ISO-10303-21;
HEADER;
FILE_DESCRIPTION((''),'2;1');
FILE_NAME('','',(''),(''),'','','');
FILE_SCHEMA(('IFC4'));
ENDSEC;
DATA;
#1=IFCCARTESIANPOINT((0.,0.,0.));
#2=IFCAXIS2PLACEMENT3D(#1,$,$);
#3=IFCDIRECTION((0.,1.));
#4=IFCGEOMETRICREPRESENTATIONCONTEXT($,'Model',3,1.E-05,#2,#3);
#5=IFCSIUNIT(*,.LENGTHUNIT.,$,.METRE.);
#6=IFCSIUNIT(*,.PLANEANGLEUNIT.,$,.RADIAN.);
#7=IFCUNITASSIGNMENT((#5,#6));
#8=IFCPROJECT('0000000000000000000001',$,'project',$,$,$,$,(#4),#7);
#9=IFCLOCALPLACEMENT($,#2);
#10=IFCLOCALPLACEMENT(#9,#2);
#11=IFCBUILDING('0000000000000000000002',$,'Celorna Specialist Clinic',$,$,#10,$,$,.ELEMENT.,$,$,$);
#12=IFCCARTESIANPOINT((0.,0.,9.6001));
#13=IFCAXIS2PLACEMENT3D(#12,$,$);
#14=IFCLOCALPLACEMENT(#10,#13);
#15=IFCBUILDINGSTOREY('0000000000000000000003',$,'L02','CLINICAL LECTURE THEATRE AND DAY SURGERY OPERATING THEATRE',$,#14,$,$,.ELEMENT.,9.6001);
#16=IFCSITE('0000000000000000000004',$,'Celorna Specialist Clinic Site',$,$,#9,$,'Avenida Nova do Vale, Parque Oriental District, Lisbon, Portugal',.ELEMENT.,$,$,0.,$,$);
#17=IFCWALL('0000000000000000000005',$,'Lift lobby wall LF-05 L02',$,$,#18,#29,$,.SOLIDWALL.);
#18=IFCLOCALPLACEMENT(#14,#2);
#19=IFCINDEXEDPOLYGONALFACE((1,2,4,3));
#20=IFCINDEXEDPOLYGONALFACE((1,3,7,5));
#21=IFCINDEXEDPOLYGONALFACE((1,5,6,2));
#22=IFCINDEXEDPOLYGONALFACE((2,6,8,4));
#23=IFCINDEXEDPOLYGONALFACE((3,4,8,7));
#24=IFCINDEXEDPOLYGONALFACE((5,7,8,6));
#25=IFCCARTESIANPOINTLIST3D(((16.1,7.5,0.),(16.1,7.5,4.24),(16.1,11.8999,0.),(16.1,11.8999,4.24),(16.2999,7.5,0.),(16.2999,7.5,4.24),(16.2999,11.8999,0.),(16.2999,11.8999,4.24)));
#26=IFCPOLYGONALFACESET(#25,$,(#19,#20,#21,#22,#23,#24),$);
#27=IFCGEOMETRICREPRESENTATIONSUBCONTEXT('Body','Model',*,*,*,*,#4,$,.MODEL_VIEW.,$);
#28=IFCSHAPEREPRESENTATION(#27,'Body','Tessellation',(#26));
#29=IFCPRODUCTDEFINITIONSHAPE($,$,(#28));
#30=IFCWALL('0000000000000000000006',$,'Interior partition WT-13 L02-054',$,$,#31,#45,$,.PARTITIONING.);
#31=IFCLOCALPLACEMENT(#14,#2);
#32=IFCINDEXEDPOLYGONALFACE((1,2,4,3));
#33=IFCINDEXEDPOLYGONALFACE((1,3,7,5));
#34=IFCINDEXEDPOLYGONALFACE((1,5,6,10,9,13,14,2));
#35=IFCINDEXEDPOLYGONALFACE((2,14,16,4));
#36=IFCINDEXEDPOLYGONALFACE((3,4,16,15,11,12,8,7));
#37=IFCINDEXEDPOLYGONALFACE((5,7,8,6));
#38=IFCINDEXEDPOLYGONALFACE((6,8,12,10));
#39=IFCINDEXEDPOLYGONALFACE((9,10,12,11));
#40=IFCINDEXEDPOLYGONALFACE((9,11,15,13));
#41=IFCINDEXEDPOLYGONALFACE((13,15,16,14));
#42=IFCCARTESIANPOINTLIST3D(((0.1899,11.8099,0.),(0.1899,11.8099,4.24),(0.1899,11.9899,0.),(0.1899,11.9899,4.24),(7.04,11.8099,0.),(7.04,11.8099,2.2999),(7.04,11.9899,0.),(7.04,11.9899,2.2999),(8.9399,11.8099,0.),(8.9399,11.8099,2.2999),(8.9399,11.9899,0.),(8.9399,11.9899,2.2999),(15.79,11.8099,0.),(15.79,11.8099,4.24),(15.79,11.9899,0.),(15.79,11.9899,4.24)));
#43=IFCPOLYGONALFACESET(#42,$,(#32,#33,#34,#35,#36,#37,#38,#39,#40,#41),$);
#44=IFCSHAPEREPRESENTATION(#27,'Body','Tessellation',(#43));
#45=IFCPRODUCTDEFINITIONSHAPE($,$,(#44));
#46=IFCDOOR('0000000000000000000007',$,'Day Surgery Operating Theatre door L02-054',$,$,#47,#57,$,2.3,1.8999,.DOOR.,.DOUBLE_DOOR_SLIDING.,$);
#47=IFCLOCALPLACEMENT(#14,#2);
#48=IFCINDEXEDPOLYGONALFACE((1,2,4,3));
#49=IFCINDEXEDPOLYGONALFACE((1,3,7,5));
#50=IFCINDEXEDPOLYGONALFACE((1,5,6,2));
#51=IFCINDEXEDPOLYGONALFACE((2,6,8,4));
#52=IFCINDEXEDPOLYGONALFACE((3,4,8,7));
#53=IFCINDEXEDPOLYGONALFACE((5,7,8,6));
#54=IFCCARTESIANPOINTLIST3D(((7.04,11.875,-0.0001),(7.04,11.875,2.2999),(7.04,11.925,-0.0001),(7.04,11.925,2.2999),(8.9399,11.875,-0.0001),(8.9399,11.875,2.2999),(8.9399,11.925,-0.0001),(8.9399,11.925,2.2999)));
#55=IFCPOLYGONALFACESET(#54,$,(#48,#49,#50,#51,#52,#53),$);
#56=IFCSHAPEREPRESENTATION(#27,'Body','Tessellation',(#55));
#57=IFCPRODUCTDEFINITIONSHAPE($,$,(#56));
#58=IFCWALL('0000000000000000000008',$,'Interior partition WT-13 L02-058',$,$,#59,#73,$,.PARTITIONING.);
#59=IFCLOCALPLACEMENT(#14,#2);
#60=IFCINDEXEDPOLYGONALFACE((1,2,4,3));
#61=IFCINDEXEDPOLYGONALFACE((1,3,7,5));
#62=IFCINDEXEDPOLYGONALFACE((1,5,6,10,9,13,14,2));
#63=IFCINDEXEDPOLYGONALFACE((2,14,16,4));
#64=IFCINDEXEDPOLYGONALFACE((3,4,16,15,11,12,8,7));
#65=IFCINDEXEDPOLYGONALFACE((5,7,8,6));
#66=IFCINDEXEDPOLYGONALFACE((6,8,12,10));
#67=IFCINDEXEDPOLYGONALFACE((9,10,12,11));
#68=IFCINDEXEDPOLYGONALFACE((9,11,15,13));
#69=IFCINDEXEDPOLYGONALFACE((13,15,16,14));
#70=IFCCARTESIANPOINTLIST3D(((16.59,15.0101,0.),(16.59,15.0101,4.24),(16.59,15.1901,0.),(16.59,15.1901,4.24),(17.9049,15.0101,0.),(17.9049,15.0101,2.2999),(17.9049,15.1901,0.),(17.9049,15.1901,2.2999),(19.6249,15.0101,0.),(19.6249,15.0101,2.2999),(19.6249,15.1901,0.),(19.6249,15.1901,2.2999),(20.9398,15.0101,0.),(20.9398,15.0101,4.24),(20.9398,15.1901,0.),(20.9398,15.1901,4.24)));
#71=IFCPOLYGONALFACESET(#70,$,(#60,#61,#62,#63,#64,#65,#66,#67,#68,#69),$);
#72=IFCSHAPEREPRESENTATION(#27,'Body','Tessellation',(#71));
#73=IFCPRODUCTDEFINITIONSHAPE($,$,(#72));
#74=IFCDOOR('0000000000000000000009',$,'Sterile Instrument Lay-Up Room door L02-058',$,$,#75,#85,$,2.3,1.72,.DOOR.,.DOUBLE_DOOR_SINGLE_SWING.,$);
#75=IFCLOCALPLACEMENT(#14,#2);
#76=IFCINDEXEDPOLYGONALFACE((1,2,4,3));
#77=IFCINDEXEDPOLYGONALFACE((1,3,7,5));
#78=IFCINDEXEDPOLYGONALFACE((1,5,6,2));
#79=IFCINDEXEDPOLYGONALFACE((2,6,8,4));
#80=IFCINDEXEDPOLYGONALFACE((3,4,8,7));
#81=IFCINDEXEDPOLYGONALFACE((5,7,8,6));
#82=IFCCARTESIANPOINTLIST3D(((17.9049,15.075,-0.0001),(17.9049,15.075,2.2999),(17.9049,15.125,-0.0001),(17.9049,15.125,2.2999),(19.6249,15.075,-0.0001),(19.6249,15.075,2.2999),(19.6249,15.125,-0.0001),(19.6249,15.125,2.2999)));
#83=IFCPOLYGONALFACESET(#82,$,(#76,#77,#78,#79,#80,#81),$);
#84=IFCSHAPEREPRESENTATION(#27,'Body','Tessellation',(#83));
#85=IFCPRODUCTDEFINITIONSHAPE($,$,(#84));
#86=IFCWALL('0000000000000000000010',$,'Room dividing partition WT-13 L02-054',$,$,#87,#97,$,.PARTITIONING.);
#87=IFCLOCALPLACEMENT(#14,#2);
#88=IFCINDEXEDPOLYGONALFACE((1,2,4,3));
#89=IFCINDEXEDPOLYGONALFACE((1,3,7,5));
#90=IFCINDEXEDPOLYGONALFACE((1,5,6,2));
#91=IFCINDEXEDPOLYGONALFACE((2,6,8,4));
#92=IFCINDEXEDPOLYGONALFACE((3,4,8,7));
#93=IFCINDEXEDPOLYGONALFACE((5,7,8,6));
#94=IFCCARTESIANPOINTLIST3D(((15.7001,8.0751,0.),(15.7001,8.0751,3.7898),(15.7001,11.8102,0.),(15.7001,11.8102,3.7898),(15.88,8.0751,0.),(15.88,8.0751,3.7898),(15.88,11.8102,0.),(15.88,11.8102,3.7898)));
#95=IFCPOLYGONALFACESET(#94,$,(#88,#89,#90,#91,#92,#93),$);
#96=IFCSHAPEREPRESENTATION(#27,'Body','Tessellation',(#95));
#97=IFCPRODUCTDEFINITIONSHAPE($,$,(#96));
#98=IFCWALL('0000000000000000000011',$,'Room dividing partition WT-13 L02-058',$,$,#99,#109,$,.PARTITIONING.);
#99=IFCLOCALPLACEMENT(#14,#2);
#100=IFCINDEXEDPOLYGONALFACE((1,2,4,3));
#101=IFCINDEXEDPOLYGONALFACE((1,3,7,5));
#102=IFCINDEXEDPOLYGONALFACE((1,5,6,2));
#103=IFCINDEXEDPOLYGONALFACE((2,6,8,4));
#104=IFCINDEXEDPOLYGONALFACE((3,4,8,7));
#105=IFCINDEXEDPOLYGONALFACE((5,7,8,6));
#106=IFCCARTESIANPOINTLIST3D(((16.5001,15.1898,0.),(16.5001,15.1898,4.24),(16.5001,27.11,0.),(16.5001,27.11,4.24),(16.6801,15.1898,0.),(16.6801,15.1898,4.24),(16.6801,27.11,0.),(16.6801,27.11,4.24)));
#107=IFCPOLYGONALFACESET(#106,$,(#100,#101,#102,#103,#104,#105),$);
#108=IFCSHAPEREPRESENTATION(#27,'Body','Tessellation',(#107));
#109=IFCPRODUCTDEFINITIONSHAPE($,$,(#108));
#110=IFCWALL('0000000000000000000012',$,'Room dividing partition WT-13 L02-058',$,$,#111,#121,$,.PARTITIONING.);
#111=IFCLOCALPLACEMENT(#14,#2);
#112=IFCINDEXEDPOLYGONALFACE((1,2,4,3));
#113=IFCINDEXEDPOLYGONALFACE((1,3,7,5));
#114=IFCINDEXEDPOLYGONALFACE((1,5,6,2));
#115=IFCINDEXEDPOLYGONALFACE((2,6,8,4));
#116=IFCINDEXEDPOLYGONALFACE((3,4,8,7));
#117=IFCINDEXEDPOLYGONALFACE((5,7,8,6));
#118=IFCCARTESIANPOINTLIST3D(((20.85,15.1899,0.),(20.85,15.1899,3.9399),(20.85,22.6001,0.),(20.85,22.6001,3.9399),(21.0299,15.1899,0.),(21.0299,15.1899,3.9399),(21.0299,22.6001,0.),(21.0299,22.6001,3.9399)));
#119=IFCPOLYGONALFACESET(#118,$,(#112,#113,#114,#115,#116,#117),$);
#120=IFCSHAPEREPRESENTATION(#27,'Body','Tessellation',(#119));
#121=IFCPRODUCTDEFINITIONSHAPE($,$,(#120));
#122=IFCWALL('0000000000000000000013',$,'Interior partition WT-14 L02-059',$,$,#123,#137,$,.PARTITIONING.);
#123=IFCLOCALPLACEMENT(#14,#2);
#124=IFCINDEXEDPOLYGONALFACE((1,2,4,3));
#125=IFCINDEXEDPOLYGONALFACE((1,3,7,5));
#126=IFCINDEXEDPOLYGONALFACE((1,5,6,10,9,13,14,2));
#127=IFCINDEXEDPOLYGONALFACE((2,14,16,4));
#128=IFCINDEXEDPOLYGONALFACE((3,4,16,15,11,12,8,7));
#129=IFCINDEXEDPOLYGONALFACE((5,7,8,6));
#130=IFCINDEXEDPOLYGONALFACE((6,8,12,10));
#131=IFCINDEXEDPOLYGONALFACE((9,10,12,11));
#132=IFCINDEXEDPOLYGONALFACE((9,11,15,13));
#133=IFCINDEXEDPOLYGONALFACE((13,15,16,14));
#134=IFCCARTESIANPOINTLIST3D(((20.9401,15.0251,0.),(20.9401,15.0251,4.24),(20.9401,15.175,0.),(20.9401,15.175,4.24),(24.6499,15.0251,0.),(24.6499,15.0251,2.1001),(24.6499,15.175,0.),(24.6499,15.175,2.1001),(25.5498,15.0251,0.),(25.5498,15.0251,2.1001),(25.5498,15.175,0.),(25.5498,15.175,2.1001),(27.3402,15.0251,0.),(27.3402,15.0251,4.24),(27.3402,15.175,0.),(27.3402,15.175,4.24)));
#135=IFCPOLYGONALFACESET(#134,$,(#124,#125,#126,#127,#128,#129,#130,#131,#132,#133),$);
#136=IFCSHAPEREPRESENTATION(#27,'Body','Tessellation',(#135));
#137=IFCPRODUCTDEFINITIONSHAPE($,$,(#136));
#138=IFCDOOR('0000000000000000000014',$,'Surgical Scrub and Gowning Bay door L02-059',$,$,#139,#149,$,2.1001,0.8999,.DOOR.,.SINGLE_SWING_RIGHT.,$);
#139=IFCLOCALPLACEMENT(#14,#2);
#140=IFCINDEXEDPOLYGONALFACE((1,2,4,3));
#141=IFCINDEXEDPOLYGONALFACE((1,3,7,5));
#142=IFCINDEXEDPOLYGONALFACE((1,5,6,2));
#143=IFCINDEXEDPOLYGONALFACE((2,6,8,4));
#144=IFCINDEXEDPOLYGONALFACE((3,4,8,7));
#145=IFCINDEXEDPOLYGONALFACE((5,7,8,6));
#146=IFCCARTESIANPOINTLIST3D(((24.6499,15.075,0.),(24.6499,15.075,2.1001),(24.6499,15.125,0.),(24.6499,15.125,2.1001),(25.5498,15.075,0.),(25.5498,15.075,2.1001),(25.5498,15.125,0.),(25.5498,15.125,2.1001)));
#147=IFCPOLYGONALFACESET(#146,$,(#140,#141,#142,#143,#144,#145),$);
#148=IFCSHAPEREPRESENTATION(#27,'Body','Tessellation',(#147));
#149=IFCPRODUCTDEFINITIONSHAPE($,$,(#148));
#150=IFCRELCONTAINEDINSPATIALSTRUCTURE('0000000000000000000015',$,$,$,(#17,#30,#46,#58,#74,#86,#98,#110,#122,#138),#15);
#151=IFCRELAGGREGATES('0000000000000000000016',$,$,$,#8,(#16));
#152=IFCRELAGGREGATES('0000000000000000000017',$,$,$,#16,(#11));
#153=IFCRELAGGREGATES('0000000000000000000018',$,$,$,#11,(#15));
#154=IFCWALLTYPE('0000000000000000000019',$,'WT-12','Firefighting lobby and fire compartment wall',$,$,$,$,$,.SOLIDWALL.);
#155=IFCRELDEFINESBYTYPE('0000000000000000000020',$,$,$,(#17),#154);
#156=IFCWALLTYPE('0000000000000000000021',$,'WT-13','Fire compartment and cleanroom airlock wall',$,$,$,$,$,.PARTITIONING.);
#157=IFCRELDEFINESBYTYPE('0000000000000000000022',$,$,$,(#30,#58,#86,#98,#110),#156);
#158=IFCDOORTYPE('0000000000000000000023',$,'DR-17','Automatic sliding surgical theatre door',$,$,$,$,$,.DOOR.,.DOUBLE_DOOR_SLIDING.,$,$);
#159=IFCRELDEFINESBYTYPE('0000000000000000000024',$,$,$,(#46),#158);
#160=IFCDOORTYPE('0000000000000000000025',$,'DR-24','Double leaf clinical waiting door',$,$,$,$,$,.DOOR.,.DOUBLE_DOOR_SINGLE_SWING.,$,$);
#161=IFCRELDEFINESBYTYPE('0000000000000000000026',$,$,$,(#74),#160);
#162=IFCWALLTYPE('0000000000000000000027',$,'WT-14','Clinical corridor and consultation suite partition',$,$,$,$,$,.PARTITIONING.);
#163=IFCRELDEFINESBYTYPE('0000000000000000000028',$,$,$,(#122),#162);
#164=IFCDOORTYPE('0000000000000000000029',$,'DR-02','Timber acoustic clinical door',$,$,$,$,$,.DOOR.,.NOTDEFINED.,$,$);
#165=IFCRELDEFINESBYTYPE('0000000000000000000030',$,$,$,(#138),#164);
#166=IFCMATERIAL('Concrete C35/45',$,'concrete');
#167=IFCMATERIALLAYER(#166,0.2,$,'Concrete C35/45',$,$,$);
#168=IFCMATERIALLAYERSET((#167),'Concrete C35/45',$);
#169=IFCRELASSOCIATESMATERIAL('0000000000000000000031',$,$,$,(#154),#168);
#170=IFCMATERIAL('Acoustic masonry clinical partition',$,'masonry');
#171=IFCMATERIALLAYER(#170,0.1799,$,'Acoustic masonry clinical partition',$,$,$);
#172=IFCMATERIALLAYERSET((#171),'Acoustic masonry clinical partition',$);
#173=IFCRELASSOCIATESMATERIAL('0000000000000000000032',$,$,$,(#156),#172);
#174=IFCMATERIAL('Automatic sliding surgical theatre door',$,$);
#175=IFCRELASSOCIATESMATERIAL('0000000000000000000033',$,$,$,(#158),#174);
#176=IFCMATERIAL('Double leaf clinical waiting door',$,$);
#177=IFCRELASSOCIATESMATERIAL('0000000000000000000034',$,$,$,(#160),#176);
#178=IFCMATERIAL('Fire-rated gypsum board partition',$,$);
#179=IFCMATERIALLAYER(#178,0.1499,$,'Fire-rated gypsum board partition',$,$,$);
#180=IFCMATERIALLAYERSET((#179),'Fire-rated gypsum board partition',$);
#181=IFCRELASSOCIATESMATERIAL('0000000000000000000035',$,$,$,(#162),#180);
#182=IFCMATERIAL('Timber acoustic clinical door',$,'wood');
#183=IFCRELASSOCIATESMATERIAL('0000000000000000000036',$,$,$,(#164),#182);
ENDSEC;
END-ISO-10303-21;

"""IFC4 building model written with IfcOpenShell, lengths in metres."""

from ifc_helpers import new_model, si_unit, direction, frame, frame_2d, origin, place, context, subcontext, project, spatial, rectangle, extrude, material, layer, layer_set, type_object, element, fill, save


model = new_model("IFC4")

# Units and contexts
model_context = context("Model", 3, precision=1e-05, world=origin(), true_north=direction((0.0, 1.0)))
body_context = subcontext(model_context, "Body", "Model", "MODEL_VIEW")
ifc_project = project(units=[si_unit("LENGTHUNIT", "METRE"), si_unit("PLANEANGLEUNIT", "RADIAN")], contexts=[model_context])

# Site, building, storey
site_placement = place(None, origin())
site = spatial("IfcSite", under=ifc_project, at=site_placement, Name="Celorna Specialist Clinic Site", LongName="Avenida Nova do Vale, Parque Oriental District, Lisbon, Portugal", CompositionType="ELEMENT", RefElevation=0.0)
building_placement = place(site_placement, origin())
building = spatial("IfcBuilding", under=site, at=building_placement, Name="Celorna Specialist Clinic", CompositionType="ELEMENT")
storey_placement = place(building_placement, frame((0.0, 0.0, 9.6001)))
storey = spatial("IfcBuildingStorey", under=building, at=storey_placement, Name="L02", Description="CLINICAL LECTURE THEATRE AND DAY SURGERY OPERATING THEATRE", CompositionType="ELEMENT", Elevation=9.6001)

# Shared definitions
ifc_material_1 = material(Name="Concrete C35/45", Category="concrete")

# Shared definitions
ifc_layer_1 = layer(ifc_material_1, 0.2, Name="Concrete C35/45")
ifc_layer_set_1 = layer_set([ifc_layer_1], Name="Concrete C35/45")
wall_type_1 = type_object("IfcWallType", Name="WT-12", Description="Firefighting lobby and fire compartment wall", PredefinedType="SOLIDWALL", material=ifc_layer_set_1)

# Wall
wall_1_placement = place(storey_placement, frame((16.2, 11.8999, 0.0), z_axis=(0.0, 0.0, 1.0), x_axis=(0.0, -1.0, 0.0)))
element("IfcWall", 1, at=wall_1_placement, inside=storey, type_object=wall_type_1, Name="Lift lobby wall LF-05 L02", PredefinedType="SOLIDWALL", context=body_context, shape_type="SweptSolid", body=[
    extrude(rectangle(XDim=4.3999, YDim=0.2, at=frame_2d((2.2, 0.0))), origin(), (0.0, 0.0, 1.0), 4.24),
])

# Walls, openings, doors
ifc_material_2 = material(Name="Acoustic masonry clinical partition", Category="masonry")
ifc_layer_2 = layer(ifc_material_2, 0.1799, Name="Acoustic masonry clinical partition")
ifc_layer_set_2 = layer_set([ifc_layer_2], Name="Acoustic masonry clinical partition")
wall_type_2 = type_object("IfcWallType", Name="WT-13", Description="Fire compartment and cleanroom airlock wall", PredefinedType="PARTITIONING", material=ifc_layer_set_2)
wall_2_placement = place(storey_placement, frame((15.79, 11.8999, 0.0), z_axis=(0.0, 0.0, 1.0), x_axis=(-1.0, 0.0, 0.0)))
wall_2 = element("IfcWall", 2, at=wall_2_placement, inside=storey, type_object=wall_type_2, Name="Interior partition WT-13 L02-054", PredefinedType="PARTITIONING", context=body_context, shape_type="SweptSolid", body=[
    extrude(rectangle(XDim=15.6001, YDim=0.1799, at=frame_2d((7.8, 0.0))), origin(), (0.0, 0.0, 1.0), 4.24),
])
opening_1_placement = place(wall_2_placement, frame((6.8501, 0.0, 0.0)))
opening_1 = element("IfcOpeningElement", 3, at=opening_1_placement, cuts=wall_2, PredefinedType="OPENING", context=body_context, shape_type="SweptSolid", body=[
    extrude(rectangle(XDim=1.8999, YDim=2.3, at=frame_2d((0.95, 1.1499))), frame((0.0, 0.0999, 0.0), z_axis=(0.0, -1.0, 0.0), x_axis=(1.0, 0.0, 0.0)), (0.0, 0.0, 1.0), 0.2),
])
ifc_material_3 = material(Name="Automatic sliding surgical theatre door")
door_type_1 = type_object("IfcDoorType", Name="DR-17", Description="Automatic sliding surgical theatre door", OperationType="DOUBLE_DOOR_SLIDING", PredefinedType="DOOR", material=ifc_material_3)
door_1_placement = place(opening_1_placement, origin())
door_1 = element("IfcDoor", 4, at=door_1_placement, inside=storey, type_object=door_type_1, Name="Day Surgery Operating Theatre door L02-054", OperationType="DOUBLE_DOOR_SLIDING", OverallHeight=2.3, OverallWidth=1.8999, PredefinedType="DOOR", context=body_context, shape_type="SweptSolid", body=[
    extrude(rectangle(XDim=1.8999, YDim=2.3, at=frame_2d((0.95, 1.1499))), frame((0.0, 0.0249, 0.0), z_axis=(0.0, -1.0, 0.0), x_axis=(1.0, 0.0, 0.0)), (0.0, 0.0, 1.0), 0.05),
])
fill(opening_1, door_1)
wall_3_placement = place(storey_placement, frame((16.5901, 15.1001, 0.0), z_axis=(0.0, 0.0, 1.0), x_axis=(1.0, 0.0, 0.0)))
wall_3 = element("IfcWall", 5, at=wall_3_placement, inside=storey, type_object=wall_type_2, Name="Interior partition WT-13 L02-058", PredefinedType="PARTITIONING", context=body_context, shape_type="SweptSolid", body=[
    extrude(rectangle(XDim=4.3499, YDim=0.1799, at=frame_2d((2.1748, 0.0))), origin(), (0.0, 0.0, 1.0), 4.24),
])
opening_2_placement = place(wall_3_placement, frame((1.3149, 0.0, 0.0)))
opening_2 = element("IfcOpeningElement", 6, at=opening_2_placement, cuts=wall_3, PredefinedType="OPENING", context=body_context, shape_type="SweptSolid", body=[
    extrude(rectangle(XDim=1.72, YDim=2.3, at=frame_2d((0.8599, 1.1499))), frame((0.0, 0.0999, 0.0), z_axis=(0.0, -1.0, 0.0), x_axis=(1.0, 0.0, 0.0)), (0.0, 0.0, 1.0), 0.2),
])
ifc_material_4 = material(Name="Double leaf clinical waiting door")
door_type_2 = type_object("IfcDoorType", Name="DR-24", Description="Double leaf clinical waiting door", OperationType="DOUBLE_DOOR_SINGLE_SWING", PredefinedType="DOOR", material=ifc_material_4)
door_2_placement = place(opening_2_placement, origin())
door_2 = element("IfcDoor", 7, at=door_2_placement, inside=storey, type_object=door_type_2, Name="Sterile Instrument Lay-Up Room door L02-058", OperationType="DOUBLE_DOOR_SINGLE_SWING", OverallHeight=2.3, OverallWidth=1.72, PredefinedType="DOOR", context=body_context, shape_type="SweptSolid", body=[
    extrude(rectangle(XDim=1.72, YDim=2.3, at=frame_2d((0.8599, 1.1499))), frame((0.0, 0.0249, 0.0), z_axis=(0.0, -1.0, 0.0), x_axis=(1.0, 0.0, 0.0)), (0.0, 0.0, 1.0), 0.05),
])
fill(opening_2, door_2)

# Walls
wall_4_placement = place(storey_placement, frame((15.79, 8.075, 0.0), z_axis=(0.0, 0.0, 1.0), x_axis=(0.0, 1.0, 0.0)))
element("IfcWall", 8, at=wall_4_placement, inside=storey, type_object=wall_type_2, Name="Room dividing partition WT-13 L02-054", PredefinedType="PARTITIONING", context=body_context, shape_type="SweptSolid", body=[
    extrude(rectangle(XDim=3.7351, YDim=0.1799, at=frame_2d((1.8677, 0.0))), origin(), (0.0, 0.0, 1.0), 3.7898),
])
wall_5_placement = place(storey_placement, frame((16.5901, 15.1899, 0.0), z_axis=(0.0, 0.0, 1.0), x_axis=(0.0, 1.0, 0.0)))
element("IfcWall", 9, at=wall_5_placement, inside=storey, type_object=wall_type_2, Name="Room dividing partition WT-13 L02-058", PredefinedType="PARTITIONING", context=body_context, shape_type="SweptSolid", body=[
    extrude(rectangle(XDim=11.9202, YDim=0.1799, at=frame_2d((5.96, 0.0))), origin(), (0.0, 0.0, 1.0), 4.24),
])
wall_6_placement = place(storey_placement, frame((20.9399, 15.1899, 0.0), z_axis=(0.0, 0.0, 1.0), x_axis=(0.0, 1.0, 0.0)))
element("IfcWall", 10, at=wall_6_placement, inside=storey, type_object=wall_type_2, Name="Room dividing partition WT-13 L02-058", PredefinedType="PARTITIONING", context=body_context, shape_type="SweptSolid", body=[
    extrude(rectangle(XDim=7.4102, YDim=0.1799, at=frame_2d((3.7051, 0.0))), origin(), (0.0, 0.0, 1.0), 3.9399),
])

# Wall, opening, door
ifc_material_5 = material(Name="Fire-rated gypsum board partition")
ifc_layer_3 = layer(ifc_material_5, 0.1499, Name="Fire-rated gypsum board partition")
ifc_layer_set_3 = layer_set([ifc_layer_3], Name="Fire-rated gypsum board partition")
wall_type_3 = type_object("IfcWallType", Name="WT-14", Description="Clinical corridor and consultation suite partition", PredefinedType="PARTITIONING", material=ifc_layer_set_3)
wall_7_placement = place(storey_placement, frame((20.9399, 15.1001, 0.0), z_axis=(0.0, 0.0, 1.0), x_axis=(1.0, 0.0, 0.0)))
wall_7 = element("IfcWall", 11, at=wall_7_placement, inside=storey, type_object=wall_type_3, Name="Interior partition WT-14 L02-059", PredefinedType="PARTITIONING", context=body_context, shape_type="SweptSolid", body=[
    extrude(rectangle(XDim=6.4001, YDim=0.1499, at=frame_2d((3.2002, 0.0))), origin(), (0.0, 0.0, 1.0), 4.24),
])
opening_3_placement = place(wall_7_placement, frame((3.71, 0.0, 0.0)))
opening_3 = element("IfcOpeningElement", 12, at=opening_3_placement, cuts=wall_7, PredefinedType="OPENING", context=body_context, shape_type="SweptSolid", body=[
    extrude(rectangle(XDim=0.8999, YDim=2.1001, at=frame_2d((0.45, 1.05))), frame((0.0, 0.085, 0.0), z_axis=(0.0, -1.0, 0.0), x_axis=(1.0, 0.0, 0.0)), (0.0, 0.0, 1.0), 0.1699),
])
ifc_material_6 = material(Name="Timber acoustic clinical door", Category="wood")
door_type_3 = type_object("IfcDoorType", Name="DR-02", Description="Timber acoustic clinical door", OperationType="NOTDEFINED", PredefinedType="DOOR", material=ifc_material_6)
door_3_placement = place(opening_3_placement, origin())
door_3 = element("IfcDoor", 13, at=door_3_placement, inside=storey, type_object=door_type_3, Name="Surgical Scrub and Gowning Bay door L02-059", OperationType="SINGLE_SWING_RIGHT", OverallHeight=2.1001, OverallWidth=0.8999, PredefinedType="DOOR", context=body_context, shape_type="SweptSolid", body=[
    extrude(rectangle(XDim=0.8999, YDim=2.1001, at=frame_2d((0.45, 1.05))), frame((0.0, 0.0249, 0.0), z_axis=(0.0, -1.0, 0.0), x_axis=(1.0, 0.0, 0.0)), (0.0, 0.0, 1.0), 0.05),
])
fill(opening_3, door_3)

save(model, "model.ifc")
